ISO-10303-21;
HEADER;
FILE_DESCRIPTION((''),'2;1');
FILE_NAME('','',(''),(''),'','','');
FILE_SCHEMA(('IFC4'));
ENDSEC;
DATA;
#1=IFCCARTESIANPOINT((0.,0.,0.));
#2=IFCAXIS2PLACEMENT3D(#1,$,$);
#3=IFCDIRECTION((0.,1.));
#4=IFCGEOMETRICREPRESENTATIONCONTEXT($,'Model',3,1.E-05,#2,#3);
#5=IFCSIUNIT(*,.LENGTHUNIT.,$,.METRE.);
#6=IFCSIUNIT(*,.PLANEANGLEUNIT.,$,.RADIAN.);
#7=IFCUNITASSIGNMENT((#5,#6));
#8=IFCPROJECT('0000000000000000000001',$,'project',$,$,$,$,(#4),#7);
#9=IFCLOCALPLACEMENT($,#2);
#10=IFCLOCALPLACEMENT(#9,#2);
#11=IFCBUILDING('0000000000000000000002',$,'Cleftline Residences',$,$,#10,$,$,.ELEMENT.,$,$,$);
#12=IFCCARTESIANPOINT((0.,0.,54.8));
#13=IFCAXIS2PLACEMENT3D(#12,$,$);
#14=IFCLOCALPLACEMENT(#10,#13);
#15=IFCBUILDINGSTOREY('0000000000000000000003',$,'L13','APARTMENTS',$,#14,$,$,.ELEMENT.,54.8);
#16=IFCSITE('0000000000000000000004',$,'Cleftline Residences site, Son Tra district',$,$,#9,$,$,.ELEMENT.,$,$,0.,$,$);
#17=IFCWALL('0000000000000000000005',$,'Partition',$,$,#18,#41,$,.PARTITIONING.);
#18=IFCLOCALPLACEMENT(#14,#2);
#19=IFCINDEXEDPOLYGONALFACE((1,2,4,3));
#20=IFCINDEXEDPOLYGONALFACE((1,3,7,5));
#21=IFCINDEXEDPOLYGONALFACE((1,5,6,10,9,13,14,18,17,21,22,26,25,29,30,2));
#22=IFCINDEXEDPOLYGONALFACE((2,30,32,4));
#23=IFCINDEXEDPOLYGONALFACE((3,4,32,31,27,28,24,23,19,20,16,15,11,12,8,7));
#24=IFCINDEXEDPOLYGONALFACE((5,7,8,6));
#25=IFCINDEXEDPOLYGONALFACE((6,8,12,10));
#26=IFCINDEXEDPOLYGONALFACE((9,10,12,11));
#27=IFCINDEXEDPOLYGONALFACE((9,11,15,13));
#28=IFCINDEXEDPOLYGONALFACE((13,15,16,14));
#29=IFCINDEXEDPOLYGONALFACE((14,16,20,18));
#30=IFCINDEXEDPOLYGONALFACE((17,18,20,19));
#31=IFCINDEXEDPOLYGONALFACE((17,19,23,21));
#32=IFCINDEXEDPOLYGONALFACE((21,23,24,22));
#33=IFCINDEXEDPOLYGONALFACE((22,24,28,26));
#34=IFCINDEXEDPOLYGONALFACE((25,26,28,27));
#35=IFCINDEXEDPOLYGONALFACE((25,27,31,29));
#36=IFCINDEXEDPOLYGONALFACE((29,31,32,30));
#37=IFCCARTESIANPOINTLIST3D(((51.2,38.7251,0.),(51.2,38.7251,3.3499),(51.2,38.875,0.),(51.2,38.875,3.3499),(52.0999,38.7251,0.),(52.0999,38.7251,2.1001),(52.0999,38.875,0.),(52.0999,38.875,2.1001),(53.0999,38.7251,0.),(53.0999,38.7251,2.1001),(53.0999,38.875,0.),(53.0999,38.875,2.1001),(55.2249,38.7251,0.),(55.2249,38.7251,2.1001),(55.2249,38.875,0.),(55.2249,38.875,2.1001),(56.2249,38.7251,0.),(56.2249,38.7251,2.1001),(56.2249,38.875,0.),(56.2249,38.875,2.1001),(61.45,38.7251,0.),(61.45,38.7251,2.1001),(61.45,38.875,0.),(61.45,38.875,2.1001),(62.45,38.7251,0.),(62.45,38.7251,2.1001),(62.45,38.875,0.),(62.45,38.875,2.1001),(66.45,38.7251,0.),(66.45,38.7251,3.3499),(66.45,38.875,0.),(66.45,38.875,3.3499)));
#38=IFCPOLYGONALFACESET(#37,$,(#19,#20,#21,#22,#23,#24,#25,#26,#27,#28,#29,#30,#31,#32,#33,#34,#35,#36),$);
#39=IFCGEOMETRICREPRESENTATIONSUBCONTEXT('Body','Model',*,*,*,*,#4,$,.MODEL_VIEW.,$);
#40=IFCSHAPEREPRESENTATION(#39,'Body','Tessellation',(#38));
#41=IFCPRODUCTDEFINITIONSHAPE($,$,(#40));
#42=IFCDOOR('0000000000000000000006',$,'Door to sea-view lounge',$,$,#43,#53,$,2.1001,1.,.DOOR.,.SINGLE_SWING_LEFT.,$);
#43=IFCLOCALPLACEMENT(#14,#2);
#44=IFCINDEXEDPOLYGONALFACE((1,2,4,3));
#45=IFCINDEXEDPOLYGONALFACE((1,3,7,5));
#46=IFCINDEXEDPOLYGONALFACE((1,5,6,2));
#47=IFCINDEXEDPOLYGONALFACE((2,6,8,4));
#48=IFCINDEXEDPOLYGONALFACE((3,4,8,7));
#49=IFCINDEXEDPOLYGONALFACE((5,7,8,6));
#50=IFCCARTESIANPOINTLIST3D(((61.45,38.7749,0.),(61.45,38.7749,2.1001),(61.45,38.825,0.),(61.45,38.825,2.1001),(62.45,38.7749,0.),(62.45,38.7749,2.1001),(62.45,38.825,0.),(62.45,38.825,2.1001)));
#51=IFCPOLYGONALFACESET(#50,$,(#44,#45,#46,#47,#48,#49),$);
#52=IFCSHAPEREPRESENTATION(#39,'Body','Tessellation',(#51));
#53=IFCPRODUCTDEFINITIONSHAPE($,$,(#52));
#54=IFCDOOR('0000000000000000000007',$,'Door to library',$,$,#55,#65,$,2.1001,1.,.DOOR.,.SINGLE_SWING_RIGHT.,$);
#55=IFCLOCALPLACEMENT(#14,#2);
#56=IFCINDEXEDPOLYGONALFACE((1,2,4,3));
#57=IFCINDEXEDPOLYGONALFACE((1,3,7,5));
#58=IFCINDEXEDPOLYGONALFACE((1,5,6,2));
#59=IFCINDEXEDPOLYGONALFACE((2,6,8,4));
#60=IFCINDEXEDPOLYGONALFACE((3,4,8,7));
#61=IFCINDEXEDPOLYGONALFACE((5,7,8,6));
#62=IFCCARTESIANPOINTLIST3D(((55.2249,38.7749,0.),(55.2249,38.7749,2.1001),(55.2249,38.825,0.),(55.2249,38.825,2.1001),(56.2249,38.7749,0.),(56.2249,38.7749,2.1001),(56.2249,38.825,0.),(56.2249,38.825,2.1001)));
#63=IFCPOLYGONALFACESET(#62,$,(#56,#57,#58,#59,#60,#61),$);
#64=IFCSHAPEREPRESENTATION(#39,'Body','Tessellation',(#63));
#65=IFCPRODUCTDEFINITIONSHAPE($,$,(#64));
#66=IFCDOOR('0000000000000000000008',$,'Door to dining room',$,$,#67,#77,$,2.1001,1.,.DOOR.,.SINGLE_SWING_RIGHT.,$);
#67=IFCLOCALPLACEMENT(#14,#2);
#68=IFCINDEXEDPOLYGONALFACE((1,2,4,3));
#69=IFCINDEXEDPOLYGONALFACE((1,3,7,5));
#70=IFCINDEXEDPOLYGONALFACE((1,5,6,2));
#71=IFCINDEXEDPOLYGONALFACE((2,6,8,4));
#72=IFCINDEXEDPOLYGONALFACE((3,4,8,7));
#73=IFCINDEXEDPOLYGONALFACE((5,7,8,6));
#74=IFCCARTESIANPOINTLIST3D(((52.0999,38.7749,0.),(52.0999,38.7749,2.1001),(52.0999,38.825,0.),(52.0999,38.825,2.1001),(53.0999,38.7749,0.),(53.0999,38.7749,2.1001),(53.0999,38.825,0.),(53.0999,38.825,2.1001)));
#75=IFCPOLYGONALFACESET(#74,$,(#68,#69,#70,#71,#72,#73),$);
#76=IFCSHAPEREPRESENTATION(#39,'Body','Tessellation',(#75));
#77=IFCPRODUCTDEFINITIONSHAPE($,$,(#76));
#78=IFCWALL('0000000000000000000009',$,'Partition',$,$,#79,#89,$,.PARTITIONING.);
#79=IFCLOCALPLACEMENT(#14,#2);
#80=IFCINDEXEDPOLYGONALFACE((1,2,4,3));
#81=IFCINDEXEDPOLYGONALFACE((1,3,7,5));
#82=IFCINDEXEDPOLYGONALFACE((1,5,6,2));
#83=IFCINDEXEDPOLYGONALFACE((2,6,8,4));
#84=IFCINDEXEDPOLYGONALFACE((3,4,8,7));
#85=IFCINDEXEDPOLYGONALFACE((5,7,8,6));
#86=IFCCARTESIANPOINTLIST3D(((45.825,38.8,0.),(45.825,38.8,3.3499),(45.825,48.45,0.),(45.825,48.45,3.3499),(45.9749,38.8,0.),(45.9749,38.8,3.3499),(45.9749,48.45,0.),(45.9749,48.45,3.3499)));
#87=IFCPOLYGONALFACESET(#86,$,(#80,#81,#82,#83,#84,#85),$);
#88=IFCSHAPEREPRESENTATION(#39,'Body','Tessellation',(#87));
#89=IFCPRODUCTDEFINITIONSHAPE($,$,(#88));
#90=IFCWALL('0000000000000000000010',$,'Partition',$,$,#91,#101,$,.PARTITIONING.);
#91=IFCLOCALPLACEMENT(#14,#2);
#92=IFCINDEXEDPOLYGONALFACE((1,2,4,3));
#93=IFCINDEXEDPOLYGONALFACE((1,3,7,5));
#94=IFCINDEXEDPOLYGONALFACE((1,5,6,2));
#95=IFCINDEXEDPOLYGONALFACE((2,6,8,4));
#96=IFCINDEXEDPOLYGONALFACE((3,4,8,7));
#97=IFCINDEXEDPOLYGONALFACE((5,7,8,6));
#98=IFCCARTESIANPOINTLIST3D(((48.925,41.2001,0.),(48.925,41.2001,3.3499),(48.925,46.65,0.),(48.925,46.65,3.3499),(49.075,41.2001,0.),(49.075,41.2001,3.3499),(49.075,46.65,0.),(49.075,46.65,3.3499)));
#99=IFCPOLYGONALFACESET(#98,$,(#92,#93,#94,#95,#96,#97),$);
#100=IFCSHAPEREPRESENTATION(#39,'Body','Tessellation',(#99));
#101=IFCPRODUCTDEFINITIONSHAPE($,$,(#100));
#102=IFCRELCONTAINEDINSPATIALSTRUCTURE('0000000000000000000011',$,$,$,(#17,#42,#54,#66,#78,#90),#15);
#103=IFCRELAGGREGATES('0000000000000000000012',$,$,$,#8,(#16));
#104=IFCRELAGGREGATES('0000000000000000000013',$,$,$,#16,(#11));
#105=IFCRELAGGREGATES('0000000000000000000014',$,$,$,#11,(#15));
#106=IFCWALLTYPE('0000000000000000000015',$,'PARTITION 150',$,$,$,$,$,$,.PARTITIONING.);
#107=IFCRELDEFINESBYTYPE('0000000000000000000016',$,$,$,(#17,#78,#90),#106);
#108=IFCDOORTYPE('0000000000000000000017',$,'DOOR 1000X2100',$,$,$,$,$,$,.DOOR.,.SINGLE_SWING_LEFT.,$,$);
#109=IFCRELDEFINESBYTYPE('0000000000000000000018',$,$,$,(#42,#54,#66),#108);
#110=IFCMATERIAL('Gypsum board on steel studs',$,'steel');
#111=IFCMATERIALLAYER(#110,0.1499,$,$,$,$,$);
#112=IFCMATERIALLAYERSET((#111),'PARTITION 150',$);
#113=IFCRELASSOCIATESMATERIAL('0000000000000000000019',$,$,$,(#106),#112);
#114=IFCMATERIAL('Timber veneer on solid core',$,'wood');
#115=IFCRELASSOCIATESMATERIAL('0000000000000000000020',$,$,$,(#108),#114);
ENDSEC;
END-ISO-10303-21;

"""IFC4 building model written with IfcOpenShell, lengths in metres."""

from ifc_helpers import new_model, si_unit, direction, frame, frame_2d, origin, place, context, subcontext, project, spatial, rectangle, extrude, material, layer, layer_set, type_object, element, fill, save


model = new_model("IFC4")

# Units and contexts
model_context = context("Model", 3, precision=1e-05, world=origin(), true_north=direction((0.0, 1.0)))
body_context = subcontext(model_context, "Body", "Model", "MODEL_VIEW")
ifc_project = project(units=[si_unit("LENGTHUNIT", "METRE"), si_unit("PLANEANGLEUNIT", "RADIAN")], contexts=[model_context])

# Site, building, storey
site_placement = place(None, origin())
site = spatial("IfcSite", under=ifc_project, at=site_placement, Name="Cleftline Residences site, Son Tra district", CompositionType="ELEMENT", RefElevation=0.0)
building_placement = place(site_placement, origin())
building = spatial("IfcBuilding", under=site, at=building_placement, Name="Cleftline Residences", CompositionType="ELEMENT")
storey_placement = place(building_placement, frame((0.0, 0.0, 54.8)))
storey = spatial("IfcBuildingStorey", under=building, at=storey_placement, Name="L13", Description="APARTMENTS", CompositionType="ELEMENT", Elevation=54.8)

# Shared definitions
ifc_material_1 = material(Name="Gypsum board on steel studs", Category="steel")
ifc_layer_1 = layer(ifc_material_1, 0.1499)
ifc_layer_set_1 = layer_set([ifc_layer_1], Name="PARTITION 150")
wall_type = type_object("IfcWallType", Name="PARTITION 150", PredefinedType="PARTITIONING", material=ifc_layer_set_1)

# Wall, openings, doors
ifc_material_2 = material(Name="Timber veneer on solid core", Category="wood")
door_type = type_object("IfcDoorType", Name="DOOR 1000X2100", OperationType="SINGLE_SWING_LEFT", PredefinedType="DOOR", material=ifc_material_2)
wall_1_placement = place(storey_placement, frame((51.2, 38.8, 0.0), z_axis=(0.0, 0.0, 1.0), x_axis=(1.0, 0.0, 0.0)))
wall_1 = element("IfcWall", 1, at=wall_1_placement, inside=storey, type_object=wall_type, Name="Partition", PredefinedType="PARTITIONING", context=body_context, shape_type="SweptSolid", body=[
    extrude(rectangle(XDim=15.25, YDim=0.1499, at=frame_2d((7.625, 0.0))), origin(), (0.0, 0.0, 1.0), 3.3499),
])
opening_1_placement = place(wall_1_placement, frame((10.25, 0.0, 0.0)))
opening_1 = element("IfcOpeningElement", 2, at=opening_1_placement, cuts=wall_1, PredefinedType="OPENING", context=body_context, shape_type="SweptSolid", body=[
    extrude(rectangle(XDim=1.0, YDim=2.1001, at=frame_2d((0.5, 1.05))), frame((0.0, 0.085, 0.0), z_axis=(0.0, -1.0, 0.0), x_axis=(1.0, 0.0, 0.0)), (0.0, 0.0, 1.0), 0.1699),
])
opening_2_placement = place(wall_1_placement, frame((4.0249, 0.0, 0.0)))
opening_2 = element("IfcOpeningElement", 3, at=opening_2_placement, cuts=wall_1, PredefinedType="OPENING", context=body_context, shape_type="SweptSolid", body=[
    extrude(rectangle(XDim=1.0, YDim=2.1001, at=frame_2d((0.5, 1.05))), frame((0.0, 0.085, 0.0), z_axis=(0.0, -1.0, 0.0), x_axis=(1.0, 0.0, 0.0)), (0.0, 0.0, 1.0), 0.1699),
])
opening_3_placement = place(wall_1_placement, frame((0.8999, 0.0, 0.0)))
opening_3 = element("IfcOpeningElement", 4, at=opening_3_placement, cuts=wall_1, PredefinedType="OPENING", context=body_context, shape_type="SweptSolid", body=[
    extrude(rectangle(XDim=1.0, YDim=2.1001, at=frame_2d((0.5, 1.05))), frame((0.0, 0.085, 0.0), z_axis=(0.0, -1.0, 0.0), x_axis=(1.0, 0.0, 0.0)), (0.0, 0.0, 1.0), 0.1699),
])
door_1_placement = place(opening_1_placement, origin())
door_1 = element("IfcDoor", 5, at=door_1_placement, inside=storey, type_object=door_type, Name="Door to sea-view lounge", OperationType="SINGLE_SWING_LEFT", OverallHeight=2.1001, OverallWidth=1.0, PredefinedType="DOOR", context=body_context, shape_type="SweptSolid", body=[
    extrude(rectangle(XDim=1.0, YDim=2.1001, at=frame_2d((0.5, 1.05))), frame((0.0, 0.0249, 0.0), z_axis=(0.0, -1.0, 0.0), x_axis=(1.0, 0.0, 0.0)), (0.0, 0.0, 1.0), 0.05),
])
fill(opening_1, door_1)
door_2_placement = place(opening_2_placement, origin())
door_2 = element("IfcDoor", 6, at=door_2_placement, inside=storey, type_object=door_type, Name="Door to library", OperationType="SINGLE_SWING_RIGHT", OverallHeight=2.1001, OverallWidth=1.0, PredefinedType="DOOR", context=body_context, shape_type="SweptSolid", body=[
    extrude(rectangle(XDim=1.0, YDim=2.1001, at=frame_2d((0.5, 1.05))), frame((0.0, 0.0249, 0.0), z_axis=(0.0, -1.0, 0.0), x_axis=(1.0, 0.0, 0.0)), (0.0, 0.0, 1.0), 0.05),
])
fill(opening_2, door_2)
door_3_placement = place(opening_3_placement, origin())
door_3 = element("IfcDoor", 7, at=door_3_placement, inside=storey, type_object=door_type, Name="Door to dining room", OperationType="SINGLE_SWING_RIGHT", OverallHeight=2.1001, OverallWidth=1.0, PredefinedType="DOOR", context=body_context, shape_type="SweptSolid", body=[
    extrude(rectangle(XDim=1.0, YDim=2.1001, at=frame_2d((0.5, 1.05))), frame((0.0, 0.0249, 0.0), z_axis=(0.0, -1.0, 0.0), x_axis=(1.0, 0.0, 0.0)), (0.0, 0.0, 1.0), 0.05),
])
fill(opening_3, door_3)

# Walls
wall_2_placement = place(storey_placement, frame((45.8999, 38.8, 0.0), z_axis=(0.0, 0.0, 1.0), x_axis=(0.0, 1.0, 0.0)))
element("IfcWall", 8, at=wall_2_placement, inside=storey, type_object=wall_type, Name="Partition", PredefinedType="PARTITIONING", context=body_context, shape_type="SweptSolid", body=[
    extrude(rectangle(XDim=9.6499, YDim=0.1499, at=frame_2d((4.825, 0.0))), origin(), (0.0, 0.0, 1.0), 3.3499),
])
wall_3_placement = place(storey_placement, frame((49.0, 41.2, 0.0), z_axis=(0.0, 0.0, 1.0), x_axis=(0.0, 1.0, 0.0)))
element("IfcWall", 9, at=wall_3_placement, inside=storey, type_object=wall_type, Name="Partition", PredefinedType="PARTITIONING", context=body_context, shape_type="SweptSolid", body=[
    extrude(rectangle(XDim=5.45, YDim=0.1499, at=frame_2d((2.7251, 0.0))), origin(), (0.0, 0.0, 1.0), 3.3499),
])

save(model, "model.ifc")
